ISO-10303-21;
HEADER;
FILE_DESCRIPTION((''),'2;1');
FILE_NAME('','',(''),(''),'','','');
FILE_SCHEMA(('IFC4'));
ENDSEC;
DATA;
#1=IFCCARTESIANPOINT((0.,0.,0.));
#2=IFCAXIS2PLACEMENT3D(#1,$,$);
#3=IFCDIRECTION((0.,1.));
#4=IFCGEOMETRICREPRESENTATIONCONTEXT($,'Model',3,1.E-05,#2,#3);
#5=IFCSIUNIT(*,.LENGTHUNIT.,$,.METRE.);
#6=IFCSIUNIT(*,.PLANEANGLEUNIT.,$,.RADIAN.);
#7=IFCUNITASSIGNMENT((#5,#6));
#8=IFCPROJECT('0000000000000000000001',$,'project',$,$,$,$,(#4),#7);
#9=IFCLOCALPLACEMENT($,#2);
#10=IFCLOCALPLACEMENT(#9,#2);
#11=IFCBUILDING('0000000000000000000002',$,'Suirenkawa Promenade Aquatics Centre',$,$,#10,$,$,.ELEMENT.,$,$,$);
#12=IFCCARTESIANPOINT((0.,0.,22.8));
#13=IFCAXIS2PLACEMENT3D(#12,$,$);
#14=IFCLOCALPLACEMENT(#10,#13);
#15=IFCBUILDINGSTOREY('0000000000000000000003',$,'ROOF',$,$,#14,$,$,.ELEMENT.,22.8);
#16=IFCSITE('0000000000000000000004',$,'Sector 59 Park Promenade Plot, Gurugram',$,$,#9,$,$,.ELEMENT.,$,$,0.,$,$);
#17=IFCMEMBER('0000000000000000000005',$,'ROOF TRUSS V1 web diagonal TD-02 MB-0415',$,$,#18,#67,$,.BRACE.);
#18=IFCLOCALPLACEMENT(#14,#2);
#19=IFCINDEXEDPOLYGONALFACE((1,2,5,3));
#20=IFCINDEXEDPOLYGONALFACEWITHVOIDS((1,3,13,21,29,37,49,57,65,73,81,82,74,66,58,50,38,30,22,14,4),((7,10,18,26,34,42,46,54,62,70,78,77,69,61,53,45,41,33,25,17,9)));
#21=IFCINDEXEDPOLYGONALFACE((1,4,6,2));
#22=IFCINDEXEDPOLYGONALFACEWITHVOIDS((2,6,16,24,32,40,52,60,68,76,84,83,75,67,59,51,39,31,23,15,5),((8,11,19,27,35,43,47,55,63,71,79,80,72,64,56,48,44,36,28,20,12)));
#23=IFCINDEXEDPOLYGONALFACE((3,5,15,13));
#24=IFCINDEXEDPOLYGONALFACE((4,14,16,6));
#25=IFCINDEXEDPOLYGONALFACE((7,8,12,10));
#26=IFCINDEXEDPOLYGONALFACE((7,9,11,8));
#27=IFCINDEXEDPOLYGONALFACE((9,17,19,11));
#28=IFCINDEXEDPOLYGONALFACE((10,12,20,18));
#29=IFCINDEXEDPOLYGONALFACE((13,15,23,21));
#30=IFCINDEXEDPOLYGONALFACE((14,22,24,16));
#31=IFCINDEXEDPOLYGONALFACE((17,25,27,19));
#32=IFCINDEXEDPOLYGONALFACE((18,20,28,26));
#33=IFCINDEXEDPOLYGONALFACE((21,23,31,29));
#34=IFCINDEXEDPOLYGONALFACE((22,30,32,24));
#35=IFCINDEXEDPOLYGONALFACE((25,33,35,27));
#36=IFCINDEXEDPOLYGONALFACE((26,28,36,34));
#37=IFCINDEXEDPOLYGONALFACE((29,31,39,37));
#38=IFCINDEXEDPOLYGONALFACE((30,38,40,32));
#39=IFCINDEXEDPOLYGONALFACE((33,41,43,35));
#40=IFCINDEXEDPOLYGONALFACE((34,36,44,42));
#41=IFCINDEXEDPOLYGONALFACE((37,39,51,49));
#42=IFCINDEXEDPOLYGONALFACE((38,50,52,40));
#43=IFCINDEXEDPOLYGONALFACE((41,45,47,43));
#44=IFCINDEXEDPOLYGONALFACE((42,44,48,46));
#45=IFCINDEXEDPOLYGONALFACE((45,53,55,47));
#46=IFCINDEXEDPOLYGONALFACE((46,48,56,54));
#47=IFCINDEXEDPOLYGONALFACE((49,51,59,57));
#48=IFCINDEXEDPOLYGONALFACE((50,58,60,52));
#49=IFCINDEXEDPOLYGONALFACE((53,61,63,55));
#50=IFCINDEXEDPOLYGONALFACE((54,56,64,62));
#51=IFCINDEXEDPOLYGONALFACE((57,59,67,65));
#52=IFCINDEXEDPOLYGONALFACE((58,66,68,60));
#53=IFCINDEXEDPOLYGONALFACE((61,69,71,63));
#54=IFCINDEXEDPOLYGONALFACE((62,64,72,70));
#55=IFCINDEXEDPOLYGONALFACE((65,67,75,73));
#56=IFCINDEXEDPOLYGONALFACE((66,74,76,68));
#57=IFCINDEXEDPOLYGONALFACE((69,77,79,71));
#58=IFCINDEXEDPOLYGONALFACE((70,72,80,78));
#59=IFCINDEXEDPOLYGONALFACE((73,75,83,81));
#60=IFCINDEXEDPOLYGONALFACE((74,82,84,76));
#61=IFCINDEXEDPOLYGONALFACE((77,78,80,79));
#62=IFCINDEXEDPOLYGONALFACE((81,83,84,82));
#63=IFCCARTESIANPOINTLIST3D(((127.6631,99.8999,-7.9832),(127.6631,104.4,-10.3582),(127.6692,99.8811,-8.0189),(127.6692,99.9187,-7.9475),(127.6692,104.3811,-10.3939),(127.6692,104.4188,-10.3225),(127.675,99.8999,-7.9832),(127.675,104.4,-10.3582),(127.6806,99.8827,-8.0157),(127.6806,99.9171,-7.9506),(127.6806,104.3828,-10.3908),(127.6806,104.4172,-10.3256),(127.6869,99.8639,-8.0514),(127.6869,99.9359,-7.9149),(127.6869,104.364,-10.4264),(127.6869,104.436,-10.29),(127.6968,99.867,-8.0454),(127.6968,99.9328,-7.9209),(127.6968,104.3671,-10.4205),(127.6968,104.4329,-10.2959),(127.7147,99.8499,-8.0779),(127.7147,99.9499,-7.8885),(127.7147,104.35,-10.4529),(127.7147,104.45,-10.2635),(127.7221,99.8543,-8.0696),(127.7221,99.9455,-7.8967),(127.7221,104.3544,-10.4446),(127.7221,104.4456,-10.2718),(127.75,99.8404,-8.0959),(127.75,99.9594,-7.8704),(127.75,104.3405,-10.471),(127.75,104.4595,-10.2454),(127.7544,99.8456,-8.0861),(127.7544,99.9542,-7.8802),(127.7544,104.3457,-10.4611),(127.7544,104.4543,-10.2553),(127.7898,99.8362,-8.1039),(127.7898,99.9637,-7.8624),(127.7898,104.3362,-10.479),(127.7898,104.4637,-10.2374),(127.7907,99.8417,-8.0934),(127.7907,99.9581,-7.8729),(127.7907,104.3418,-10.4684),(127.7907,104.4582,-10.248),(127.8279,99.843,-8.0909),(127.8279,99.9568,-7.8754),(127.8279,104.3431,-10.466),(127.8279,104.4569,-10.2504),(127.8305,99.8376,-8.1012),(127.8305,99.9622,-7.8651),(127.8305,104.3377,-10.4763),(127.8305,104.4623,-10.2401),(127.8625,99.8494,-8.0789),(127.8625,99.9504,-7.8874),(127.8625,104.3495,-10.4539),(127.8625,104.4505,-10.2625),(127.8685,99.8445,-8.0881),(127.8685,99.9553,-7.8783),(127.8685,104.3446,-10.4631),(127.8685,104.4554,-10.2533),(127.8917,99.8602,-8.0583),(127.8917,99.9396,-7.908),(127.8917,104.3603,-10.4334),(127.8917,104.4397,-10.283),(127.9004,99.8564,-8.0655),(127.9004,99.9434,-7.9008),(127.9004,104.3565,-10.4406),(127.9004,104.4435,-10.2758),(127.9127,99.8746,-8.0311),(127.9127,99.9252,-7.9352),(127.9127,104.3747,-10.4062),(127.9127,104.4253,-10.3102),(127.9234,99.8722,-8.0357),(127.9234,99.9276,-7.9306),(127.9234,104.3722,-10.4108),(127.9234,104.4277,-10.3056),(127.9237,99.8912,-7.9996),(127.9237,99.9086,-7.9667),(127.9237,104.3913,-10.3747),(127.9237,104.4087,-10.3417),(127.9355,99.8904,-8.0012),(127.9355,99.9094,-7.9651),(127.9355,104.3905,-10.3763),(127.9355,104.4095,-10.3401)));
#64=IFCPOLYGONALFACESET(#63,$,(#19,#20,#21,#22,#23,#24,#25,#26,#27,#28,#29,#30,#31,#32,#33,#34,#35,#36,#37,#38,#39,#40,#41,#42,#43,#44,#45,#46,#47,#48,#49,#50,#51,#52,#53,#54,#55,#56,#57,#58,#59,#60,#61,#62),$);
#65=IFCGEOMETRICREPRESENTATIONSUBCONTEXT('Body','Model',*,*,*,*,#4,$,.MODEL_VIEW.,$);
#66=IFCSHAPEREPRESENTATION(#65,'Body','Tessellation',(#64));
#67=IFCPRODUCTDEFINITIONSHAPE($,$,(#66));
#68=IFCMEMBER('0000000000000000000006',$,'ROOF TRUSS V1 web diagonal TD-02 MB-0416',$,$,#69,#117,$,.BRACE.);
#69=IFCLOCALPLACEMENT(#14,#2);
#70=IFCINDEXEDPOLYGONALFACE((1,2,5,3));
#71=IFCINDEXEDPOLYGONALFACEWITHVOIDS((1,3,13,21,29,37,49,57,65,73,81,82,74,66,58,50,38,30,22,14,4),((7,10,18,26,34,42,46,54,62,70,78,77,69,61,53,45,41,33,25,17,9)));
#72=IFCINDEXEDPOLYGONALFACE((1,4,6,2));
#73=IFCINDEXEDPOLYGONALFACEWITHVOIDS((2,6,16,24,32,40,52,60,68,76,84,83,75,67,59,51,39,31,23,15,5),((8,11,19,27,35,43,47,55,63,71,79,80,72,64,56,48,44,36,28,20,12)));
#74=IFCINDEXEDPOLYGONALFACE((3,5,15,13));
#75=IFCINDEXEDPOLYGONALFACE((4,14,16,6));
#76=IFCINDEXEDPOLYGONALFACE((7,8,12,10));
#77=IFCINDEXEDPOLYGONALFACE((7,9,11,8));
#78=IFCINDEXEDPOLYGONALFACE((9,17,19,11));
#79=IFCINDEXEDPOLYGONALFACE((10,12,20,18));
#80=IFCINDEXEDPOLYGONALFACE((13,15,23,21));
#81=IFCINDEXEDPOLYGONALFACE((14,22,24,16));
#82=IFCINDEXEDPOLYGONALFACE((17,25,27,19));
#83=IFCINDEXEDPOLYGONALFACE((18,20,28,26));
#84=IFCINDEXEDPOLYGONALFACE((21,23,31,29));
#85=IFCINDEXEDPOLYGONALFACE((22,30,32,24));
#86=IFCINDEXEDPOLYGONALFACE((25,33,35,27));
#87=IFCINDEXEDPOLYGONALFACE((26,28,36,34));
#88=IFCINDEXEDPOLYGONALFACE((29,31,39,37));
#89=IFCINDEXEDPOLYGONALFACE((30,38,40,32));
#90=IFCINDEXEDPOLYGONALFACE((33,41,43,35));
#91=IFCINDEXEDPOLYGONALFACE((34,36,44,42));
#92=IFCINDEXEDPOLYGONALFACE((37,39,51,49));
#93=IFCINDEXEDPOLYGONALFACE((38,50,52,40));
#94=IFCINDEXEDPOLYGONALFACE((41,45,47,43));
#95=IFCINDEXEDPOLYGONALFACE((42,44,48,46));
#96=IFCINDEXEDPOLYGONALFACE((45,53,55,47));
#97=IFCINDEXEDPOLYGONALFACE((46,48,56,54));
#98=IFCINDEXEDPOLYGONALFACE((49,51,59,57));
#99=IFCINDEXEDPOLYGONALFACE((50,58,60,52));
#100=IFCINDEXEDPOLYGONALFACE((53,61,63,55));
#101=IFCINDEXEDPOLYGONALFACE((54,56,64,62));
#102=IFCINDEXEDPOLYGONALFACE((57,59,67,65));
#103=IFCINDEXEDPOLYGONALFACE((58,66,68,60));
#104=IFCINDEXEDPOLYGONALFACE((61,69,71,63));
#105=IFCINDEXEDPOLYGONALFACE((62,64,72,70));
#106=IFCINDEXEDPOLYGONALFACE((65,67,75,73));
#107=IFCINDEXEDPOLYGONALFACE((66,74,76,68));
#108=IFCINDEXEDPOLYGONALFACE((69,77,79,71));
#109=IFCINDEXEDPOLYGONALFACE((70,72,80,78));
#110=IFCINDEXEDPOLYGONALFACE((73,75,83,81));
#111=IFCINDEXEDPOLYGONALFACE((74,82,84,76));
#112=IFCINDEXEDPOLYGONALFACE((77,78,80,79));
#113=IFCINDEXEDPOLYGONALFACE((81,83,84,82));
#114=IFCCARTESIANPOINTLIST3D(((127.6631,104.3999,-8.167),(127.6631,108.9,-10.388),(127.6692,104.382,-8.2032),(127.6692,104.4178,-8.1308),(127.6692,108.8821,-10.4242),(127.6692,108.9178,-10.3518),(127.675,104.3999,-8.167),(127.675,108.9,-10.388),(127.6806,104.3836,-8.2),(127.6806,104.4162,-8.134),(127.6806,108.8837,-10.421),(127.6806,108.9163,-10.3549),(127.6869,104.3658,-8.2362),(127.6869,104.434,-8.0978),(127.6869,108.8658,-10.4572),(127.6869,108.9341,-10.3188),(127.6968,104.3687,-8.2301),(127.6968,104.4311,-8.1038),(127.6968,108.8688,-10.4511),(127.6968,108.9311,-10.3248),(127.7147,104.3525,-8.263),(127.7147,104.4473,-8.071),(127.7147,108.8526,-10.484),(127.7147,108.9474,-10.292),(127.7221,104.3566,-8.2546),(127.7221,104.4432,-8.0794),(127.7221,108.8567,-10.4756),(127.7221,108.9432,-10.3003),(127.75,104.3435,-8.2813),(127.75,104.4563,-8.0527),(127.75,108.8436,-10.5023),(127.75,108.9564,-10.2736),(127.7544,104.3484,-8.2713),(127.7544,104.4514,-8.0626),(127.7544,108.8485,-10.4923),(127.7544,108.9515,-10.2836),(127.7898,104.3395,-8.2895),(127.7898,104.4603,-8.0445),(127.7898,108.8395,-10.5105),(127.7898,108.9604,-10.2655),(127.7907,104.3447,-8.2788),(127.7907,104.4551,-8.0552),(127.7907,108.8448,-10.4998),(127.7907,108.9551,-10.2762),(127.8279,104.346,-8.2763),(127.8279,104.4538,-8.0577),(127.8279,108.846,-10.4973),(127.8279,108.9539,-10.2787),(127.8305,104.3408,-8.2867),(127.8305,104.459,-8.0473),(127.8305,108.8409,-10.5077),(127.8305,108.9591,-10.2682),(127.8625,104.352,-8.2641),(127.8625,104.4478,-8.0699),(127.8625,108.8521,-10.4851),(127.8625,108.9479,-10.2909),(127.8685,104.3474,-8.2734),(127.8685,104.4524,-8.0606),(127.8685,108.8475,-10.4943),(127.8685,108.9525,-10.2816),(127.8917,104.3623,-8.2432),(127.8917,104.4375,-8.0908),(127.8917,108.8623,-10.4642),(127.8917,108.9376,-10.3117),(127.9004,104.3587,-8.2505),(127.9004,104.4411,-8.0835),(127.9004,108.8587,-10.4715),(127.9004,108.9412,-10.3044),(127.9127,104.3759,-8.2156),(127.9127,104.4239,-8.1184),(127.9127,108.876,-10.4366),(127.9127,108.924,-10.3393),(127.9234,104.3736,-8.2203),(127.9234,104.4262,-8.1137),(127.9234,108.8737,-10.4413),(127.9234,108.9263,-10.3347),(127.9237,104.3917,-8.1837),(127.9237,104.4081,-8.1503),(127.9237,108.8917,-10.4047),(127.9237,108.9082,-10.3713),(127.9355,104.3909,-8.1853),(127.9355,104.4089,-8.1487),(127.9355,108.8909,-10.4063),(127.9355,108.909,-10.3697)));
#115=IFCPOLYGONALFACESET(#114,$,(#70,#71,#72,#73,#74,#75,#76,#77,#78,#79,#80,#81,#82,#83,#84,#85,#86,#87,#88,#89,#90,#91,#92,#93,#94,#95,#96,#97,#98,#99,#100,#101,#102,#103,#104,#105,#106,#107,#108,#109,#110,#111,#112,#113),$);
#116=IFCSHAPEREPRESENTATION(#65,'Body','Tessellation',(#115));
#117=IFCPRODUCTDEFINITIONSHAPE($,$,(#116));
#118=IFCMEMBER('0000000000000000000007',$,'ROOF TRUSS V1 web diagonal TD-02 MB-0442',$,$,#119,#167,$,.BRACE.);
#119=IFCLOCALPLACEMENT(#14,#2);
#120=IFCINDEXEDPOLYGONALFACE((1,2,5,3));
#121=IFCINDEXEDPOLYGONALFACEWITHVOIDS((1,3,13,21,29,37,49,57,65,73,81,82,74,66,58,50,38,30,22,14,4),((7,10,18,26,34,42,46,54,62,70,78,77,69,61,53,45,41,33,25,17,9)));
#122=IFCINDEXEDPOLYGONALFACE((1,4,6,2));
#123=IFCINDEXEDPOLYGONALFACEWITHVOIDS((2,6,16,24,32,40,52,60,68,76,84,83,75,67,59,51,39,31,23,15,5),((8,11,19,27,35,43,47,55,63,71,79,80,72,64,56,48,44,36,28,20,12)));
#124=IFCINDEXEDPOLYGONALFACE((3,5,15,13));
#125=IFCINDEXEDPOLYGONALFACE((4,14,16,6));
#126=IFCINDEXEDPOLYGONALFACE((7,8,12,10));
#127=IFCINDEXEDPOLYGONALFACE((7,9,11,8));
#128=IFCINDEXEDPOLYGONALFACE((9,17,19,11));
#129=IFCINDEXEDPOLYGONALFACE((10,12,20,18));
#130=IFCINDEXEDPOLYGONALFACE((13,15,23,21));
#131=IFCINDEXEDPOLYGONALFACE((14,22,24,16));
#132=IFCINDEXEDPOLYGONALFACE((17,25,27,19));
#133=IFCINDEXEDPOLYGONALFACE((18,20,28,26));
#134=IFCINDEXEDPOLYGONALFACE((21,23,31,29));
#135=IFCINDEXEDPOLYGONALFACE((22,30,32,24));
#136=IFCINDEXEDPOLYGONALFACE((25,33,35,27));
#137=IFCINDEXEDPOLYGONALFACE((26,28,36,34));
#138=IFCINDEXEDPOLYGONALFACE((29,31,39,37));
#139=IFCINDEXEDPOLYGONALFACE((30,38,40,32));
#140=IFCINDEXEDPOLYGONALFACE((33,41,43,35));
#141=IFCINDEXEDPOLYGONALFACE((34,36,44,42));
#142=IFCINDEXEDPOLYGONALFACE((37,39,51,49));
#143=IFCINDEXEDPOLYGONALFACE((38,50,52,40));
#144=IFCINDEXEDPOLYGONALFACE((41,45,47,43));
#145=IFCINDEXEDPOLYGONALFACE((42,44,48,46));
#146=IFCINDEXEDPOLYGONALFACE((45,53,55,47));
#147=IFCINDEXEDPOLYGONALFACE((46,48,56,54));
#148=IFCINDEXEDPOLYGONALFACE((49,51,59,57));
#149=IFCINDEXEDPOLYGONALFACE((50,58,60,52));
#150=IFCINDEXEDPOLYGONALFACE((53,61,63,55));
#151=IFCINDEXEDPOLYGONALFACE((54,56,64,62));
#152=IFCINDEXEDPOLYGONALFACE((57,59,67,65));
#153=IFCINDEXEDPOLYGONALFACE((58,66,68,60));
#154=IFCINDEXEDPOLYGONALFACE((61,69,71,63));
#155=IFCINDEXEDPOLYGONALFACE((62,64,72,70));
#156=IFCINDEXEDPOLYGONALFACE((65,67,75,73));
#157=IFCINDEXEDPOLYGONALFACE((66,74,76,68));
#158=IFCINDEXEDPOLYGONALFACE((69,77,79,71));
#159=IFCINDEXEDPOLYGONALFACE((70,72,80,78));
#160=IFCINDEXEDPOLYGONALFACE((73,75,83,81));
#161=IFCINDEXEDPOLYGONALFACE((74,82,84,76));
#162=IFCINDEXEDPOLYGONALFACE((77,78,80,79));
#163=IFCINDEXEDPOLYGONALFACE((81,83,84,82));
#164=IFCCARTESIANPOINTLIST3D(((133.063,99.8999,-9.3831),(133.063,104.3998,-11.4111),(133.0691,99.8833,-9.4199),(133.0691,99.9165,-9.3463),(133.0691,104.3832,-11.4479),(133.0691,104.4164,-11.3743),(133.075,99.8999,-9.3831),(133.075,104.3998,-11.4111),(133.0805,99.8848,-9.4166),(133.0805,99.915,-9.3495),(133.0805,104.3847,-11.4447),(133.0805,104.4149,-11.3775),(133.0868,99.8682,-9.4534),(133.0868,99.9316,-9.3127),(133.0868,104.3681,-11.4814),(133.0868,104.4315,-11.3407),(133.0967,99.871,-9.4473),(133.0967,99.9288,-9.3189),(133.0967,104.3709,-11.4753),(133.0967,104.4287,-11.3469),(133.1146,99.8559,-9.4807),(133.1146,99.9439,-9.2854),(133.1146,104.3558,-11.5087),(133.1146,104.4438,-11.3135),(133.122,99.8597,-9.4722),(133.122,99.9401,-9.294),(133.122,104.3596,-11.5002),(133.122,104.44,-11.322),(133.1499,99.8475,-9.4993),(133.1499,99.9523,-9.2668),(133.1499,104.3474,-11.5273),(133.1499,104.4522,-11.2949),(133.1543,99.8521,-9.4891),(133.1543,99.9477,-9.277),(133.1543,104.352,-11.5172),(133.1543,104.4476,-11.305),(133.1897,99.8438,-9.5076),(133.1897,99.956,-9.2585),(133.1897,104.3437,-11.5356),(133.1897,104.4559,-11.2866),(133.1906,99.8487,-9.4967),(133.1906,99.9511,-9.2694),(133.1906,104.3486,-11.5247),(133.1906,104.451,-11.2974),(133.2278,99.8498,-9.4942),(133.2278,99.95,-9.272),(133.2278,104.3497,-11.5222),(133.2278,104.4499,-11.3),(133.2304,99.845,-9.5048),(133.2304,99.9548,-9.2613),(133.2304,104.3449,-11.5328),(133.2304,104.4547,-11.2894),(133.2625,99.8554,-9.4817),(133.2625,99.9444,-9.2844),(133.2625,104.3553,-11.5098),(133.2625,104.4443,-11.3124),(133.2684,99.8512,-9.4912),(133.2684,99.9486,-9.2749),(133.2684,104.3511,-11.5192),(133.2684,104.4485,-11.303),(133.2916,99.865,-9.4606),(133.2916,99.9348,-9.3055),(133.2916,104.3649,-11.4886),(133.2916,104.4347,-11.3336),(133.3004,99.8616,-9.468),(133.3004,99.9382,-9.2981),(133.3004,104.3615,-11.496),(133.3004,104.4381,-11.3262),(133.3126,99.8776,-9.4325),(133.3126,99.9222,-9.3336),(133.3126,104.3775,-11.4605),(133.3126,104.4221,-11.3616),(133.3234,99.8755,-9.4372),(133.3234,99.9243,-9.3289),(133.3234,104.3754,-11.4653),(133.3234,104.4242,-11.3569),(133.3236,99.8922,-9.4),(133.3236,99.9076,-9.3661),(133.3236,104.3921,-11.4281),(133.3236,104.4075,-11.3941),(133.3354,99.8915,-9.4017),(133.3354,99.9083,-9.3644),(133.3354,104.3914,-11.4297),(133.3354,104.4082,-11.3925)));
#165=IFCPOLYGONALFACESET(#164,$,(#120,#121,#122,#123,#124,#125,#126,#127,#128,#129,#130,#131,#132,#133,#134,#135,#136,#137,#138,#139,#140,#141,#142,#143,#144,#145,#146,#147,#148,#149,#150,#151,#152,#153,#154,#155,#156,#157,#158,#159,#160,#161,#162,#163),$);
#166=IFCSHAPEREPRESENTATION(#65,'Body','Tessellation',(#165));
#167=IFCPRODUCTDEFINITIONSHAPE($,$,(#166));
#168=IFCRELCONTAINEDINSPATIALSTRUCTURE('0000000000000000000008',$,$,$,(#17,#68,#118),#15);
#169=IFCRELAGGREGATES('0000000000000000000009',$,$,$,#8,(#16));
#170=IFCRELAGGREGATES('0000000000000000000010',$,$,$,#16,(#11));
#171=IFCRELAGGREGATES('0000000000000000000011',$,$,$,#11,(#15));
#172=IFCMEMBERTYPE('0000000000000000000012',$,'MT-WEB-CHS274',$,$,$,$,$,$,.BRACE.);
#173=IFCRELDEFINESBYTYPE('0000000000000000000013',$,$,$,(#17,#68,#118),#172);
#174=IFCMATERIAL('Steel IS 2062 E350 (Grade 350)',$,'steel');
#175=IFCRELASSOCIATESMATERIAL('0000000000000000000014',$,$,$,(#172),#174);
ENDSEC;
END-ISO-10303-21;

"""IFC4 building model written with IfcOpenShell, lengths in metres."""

from ifc_helpers import new_model, si_unit, direction, frame, origin, origin_2d, place, context, subcontext, project, spatial, hollow_circle, extrude, material, material_profile, profile_set, type_object, element, save


model = new_model("IFC4")

# Units and contexts
model_context = context("Model", 3, precision=1e-05, world=origin(), true_north=direction((0.0, 1.0)))
body_context = subcontext(model_context, "Body", "Model", "MODEL_VIEW")
ifc_project = project(units=[si_unit("LENGTHUNIT", "METRE"), si_unit("PLANEANGLEUNIT", "RADIAN")], contexts=[model_context])

# Site, building, storey
site_placement = place(None, origin())
site = spatial("IfcSite", under=ifc_project, at=site_placement, Name="Sector 59 Park Promenade Plot, Gurugram", CompositionType="ELEMENT", RefElevation=0.0)
building_placement = place(site_placement, origin())
building = spatial("IfcBuilding", under=site, at=building_placement, Name="Suirenkawa Promenade Aquatics Centre", CompositionType="ELEMENT")
storey_placement = place(building_placement, frame((0.0, 0.0, 22.8)))
storey = spatial("IfcBuildingStorey", under=building, at=storey_placement, Name="ROOF", CompositionType="ELEMENT", Elevation=22.8)

# Shared definitions
ifc_material = material(Name="Steel IS 2062 E350 (Grade 350)", Category="steel")

# Members
ifc_material_profile_1 = material_profile(ifc_material, hollow_circle(Radius=0.137, WallThickness=0.012, at=origin_2d()), Name="CHS 274x12", Category="steel")
ifc_profile_set_1 = profile_set([ifc_material_profile_1], Name="Steel IS 2062 E350 (Grade 350)")
member_type_1 = type_object("IfcMemberType", Name="MT-WEB-CHS274", PredefinedType="BRACE", material=ifc_profile_set_1)
member_1_placement = place(storey_placement, frame((127.8, 99.8999, -7.9832), z_axis=(0.0, 0.884385, -0.466759), x_axis=(-1.0, 0.0, 0.0)))
element("IfcMember", 1, at=member_1_placement, inside=storey, type_object=member_type_1, Name="ROOF TRUSS V1 web diagonal TD-02 MB-0415", PredefinedType="BRACE", context=body_context, shape_type="SweptSolid", body=[
    extrude(hollow_circle(Radius=0.137, WallThickness=0.012, at=origin_2d()), origin(), (0.0, 0.0, 1.0), 5.0884),
])
member_2_placement = place(storey_placement, frame((127.8, 104.3999, -8.167), z_axis=(0.0, 0.896731, -0.442576), x_axis=(-1.0, 0.0, 0.0)))
element("IfcMember", 2, at=member_2_placement, inside=storey, type_object=member_type_1, Name="ROOF TRUSS V1 web diagonal TD-02 MB-0416", PredefinedType="BRACE", context=body_context, shape_type="SweptSolid", body=[
    extrude(hollow_circle(Radius=0.137, WallThickness=0.012, at=origin_2d()), origin(), (0.0, 0.0, 1.0), 5.0183),
])
member_3_placement = place(storey_placement, frame((133.2, 99.8999, -9.3831), z_axis=(0.0, 0.911688, -0.410883), x_axis=(-1.0, 0.0, 0.0)))
element("IfcMember", 3, at=member_3_placement, inside=storey, type_object=member_type_1, Name="ROOF TRUSS V1 web diagonal TD-02 MB-0442", PredefinedType="BRACE", context=body_context, shape_type="SweptSolid", body=[
    extrude(hollow_circle(Radius=0.137, WallThickness=0.012, at=origin_2d()), origin(), (0.0, 0.0, 1.0), 4.9358),
])

save(model, "model.ifc")
